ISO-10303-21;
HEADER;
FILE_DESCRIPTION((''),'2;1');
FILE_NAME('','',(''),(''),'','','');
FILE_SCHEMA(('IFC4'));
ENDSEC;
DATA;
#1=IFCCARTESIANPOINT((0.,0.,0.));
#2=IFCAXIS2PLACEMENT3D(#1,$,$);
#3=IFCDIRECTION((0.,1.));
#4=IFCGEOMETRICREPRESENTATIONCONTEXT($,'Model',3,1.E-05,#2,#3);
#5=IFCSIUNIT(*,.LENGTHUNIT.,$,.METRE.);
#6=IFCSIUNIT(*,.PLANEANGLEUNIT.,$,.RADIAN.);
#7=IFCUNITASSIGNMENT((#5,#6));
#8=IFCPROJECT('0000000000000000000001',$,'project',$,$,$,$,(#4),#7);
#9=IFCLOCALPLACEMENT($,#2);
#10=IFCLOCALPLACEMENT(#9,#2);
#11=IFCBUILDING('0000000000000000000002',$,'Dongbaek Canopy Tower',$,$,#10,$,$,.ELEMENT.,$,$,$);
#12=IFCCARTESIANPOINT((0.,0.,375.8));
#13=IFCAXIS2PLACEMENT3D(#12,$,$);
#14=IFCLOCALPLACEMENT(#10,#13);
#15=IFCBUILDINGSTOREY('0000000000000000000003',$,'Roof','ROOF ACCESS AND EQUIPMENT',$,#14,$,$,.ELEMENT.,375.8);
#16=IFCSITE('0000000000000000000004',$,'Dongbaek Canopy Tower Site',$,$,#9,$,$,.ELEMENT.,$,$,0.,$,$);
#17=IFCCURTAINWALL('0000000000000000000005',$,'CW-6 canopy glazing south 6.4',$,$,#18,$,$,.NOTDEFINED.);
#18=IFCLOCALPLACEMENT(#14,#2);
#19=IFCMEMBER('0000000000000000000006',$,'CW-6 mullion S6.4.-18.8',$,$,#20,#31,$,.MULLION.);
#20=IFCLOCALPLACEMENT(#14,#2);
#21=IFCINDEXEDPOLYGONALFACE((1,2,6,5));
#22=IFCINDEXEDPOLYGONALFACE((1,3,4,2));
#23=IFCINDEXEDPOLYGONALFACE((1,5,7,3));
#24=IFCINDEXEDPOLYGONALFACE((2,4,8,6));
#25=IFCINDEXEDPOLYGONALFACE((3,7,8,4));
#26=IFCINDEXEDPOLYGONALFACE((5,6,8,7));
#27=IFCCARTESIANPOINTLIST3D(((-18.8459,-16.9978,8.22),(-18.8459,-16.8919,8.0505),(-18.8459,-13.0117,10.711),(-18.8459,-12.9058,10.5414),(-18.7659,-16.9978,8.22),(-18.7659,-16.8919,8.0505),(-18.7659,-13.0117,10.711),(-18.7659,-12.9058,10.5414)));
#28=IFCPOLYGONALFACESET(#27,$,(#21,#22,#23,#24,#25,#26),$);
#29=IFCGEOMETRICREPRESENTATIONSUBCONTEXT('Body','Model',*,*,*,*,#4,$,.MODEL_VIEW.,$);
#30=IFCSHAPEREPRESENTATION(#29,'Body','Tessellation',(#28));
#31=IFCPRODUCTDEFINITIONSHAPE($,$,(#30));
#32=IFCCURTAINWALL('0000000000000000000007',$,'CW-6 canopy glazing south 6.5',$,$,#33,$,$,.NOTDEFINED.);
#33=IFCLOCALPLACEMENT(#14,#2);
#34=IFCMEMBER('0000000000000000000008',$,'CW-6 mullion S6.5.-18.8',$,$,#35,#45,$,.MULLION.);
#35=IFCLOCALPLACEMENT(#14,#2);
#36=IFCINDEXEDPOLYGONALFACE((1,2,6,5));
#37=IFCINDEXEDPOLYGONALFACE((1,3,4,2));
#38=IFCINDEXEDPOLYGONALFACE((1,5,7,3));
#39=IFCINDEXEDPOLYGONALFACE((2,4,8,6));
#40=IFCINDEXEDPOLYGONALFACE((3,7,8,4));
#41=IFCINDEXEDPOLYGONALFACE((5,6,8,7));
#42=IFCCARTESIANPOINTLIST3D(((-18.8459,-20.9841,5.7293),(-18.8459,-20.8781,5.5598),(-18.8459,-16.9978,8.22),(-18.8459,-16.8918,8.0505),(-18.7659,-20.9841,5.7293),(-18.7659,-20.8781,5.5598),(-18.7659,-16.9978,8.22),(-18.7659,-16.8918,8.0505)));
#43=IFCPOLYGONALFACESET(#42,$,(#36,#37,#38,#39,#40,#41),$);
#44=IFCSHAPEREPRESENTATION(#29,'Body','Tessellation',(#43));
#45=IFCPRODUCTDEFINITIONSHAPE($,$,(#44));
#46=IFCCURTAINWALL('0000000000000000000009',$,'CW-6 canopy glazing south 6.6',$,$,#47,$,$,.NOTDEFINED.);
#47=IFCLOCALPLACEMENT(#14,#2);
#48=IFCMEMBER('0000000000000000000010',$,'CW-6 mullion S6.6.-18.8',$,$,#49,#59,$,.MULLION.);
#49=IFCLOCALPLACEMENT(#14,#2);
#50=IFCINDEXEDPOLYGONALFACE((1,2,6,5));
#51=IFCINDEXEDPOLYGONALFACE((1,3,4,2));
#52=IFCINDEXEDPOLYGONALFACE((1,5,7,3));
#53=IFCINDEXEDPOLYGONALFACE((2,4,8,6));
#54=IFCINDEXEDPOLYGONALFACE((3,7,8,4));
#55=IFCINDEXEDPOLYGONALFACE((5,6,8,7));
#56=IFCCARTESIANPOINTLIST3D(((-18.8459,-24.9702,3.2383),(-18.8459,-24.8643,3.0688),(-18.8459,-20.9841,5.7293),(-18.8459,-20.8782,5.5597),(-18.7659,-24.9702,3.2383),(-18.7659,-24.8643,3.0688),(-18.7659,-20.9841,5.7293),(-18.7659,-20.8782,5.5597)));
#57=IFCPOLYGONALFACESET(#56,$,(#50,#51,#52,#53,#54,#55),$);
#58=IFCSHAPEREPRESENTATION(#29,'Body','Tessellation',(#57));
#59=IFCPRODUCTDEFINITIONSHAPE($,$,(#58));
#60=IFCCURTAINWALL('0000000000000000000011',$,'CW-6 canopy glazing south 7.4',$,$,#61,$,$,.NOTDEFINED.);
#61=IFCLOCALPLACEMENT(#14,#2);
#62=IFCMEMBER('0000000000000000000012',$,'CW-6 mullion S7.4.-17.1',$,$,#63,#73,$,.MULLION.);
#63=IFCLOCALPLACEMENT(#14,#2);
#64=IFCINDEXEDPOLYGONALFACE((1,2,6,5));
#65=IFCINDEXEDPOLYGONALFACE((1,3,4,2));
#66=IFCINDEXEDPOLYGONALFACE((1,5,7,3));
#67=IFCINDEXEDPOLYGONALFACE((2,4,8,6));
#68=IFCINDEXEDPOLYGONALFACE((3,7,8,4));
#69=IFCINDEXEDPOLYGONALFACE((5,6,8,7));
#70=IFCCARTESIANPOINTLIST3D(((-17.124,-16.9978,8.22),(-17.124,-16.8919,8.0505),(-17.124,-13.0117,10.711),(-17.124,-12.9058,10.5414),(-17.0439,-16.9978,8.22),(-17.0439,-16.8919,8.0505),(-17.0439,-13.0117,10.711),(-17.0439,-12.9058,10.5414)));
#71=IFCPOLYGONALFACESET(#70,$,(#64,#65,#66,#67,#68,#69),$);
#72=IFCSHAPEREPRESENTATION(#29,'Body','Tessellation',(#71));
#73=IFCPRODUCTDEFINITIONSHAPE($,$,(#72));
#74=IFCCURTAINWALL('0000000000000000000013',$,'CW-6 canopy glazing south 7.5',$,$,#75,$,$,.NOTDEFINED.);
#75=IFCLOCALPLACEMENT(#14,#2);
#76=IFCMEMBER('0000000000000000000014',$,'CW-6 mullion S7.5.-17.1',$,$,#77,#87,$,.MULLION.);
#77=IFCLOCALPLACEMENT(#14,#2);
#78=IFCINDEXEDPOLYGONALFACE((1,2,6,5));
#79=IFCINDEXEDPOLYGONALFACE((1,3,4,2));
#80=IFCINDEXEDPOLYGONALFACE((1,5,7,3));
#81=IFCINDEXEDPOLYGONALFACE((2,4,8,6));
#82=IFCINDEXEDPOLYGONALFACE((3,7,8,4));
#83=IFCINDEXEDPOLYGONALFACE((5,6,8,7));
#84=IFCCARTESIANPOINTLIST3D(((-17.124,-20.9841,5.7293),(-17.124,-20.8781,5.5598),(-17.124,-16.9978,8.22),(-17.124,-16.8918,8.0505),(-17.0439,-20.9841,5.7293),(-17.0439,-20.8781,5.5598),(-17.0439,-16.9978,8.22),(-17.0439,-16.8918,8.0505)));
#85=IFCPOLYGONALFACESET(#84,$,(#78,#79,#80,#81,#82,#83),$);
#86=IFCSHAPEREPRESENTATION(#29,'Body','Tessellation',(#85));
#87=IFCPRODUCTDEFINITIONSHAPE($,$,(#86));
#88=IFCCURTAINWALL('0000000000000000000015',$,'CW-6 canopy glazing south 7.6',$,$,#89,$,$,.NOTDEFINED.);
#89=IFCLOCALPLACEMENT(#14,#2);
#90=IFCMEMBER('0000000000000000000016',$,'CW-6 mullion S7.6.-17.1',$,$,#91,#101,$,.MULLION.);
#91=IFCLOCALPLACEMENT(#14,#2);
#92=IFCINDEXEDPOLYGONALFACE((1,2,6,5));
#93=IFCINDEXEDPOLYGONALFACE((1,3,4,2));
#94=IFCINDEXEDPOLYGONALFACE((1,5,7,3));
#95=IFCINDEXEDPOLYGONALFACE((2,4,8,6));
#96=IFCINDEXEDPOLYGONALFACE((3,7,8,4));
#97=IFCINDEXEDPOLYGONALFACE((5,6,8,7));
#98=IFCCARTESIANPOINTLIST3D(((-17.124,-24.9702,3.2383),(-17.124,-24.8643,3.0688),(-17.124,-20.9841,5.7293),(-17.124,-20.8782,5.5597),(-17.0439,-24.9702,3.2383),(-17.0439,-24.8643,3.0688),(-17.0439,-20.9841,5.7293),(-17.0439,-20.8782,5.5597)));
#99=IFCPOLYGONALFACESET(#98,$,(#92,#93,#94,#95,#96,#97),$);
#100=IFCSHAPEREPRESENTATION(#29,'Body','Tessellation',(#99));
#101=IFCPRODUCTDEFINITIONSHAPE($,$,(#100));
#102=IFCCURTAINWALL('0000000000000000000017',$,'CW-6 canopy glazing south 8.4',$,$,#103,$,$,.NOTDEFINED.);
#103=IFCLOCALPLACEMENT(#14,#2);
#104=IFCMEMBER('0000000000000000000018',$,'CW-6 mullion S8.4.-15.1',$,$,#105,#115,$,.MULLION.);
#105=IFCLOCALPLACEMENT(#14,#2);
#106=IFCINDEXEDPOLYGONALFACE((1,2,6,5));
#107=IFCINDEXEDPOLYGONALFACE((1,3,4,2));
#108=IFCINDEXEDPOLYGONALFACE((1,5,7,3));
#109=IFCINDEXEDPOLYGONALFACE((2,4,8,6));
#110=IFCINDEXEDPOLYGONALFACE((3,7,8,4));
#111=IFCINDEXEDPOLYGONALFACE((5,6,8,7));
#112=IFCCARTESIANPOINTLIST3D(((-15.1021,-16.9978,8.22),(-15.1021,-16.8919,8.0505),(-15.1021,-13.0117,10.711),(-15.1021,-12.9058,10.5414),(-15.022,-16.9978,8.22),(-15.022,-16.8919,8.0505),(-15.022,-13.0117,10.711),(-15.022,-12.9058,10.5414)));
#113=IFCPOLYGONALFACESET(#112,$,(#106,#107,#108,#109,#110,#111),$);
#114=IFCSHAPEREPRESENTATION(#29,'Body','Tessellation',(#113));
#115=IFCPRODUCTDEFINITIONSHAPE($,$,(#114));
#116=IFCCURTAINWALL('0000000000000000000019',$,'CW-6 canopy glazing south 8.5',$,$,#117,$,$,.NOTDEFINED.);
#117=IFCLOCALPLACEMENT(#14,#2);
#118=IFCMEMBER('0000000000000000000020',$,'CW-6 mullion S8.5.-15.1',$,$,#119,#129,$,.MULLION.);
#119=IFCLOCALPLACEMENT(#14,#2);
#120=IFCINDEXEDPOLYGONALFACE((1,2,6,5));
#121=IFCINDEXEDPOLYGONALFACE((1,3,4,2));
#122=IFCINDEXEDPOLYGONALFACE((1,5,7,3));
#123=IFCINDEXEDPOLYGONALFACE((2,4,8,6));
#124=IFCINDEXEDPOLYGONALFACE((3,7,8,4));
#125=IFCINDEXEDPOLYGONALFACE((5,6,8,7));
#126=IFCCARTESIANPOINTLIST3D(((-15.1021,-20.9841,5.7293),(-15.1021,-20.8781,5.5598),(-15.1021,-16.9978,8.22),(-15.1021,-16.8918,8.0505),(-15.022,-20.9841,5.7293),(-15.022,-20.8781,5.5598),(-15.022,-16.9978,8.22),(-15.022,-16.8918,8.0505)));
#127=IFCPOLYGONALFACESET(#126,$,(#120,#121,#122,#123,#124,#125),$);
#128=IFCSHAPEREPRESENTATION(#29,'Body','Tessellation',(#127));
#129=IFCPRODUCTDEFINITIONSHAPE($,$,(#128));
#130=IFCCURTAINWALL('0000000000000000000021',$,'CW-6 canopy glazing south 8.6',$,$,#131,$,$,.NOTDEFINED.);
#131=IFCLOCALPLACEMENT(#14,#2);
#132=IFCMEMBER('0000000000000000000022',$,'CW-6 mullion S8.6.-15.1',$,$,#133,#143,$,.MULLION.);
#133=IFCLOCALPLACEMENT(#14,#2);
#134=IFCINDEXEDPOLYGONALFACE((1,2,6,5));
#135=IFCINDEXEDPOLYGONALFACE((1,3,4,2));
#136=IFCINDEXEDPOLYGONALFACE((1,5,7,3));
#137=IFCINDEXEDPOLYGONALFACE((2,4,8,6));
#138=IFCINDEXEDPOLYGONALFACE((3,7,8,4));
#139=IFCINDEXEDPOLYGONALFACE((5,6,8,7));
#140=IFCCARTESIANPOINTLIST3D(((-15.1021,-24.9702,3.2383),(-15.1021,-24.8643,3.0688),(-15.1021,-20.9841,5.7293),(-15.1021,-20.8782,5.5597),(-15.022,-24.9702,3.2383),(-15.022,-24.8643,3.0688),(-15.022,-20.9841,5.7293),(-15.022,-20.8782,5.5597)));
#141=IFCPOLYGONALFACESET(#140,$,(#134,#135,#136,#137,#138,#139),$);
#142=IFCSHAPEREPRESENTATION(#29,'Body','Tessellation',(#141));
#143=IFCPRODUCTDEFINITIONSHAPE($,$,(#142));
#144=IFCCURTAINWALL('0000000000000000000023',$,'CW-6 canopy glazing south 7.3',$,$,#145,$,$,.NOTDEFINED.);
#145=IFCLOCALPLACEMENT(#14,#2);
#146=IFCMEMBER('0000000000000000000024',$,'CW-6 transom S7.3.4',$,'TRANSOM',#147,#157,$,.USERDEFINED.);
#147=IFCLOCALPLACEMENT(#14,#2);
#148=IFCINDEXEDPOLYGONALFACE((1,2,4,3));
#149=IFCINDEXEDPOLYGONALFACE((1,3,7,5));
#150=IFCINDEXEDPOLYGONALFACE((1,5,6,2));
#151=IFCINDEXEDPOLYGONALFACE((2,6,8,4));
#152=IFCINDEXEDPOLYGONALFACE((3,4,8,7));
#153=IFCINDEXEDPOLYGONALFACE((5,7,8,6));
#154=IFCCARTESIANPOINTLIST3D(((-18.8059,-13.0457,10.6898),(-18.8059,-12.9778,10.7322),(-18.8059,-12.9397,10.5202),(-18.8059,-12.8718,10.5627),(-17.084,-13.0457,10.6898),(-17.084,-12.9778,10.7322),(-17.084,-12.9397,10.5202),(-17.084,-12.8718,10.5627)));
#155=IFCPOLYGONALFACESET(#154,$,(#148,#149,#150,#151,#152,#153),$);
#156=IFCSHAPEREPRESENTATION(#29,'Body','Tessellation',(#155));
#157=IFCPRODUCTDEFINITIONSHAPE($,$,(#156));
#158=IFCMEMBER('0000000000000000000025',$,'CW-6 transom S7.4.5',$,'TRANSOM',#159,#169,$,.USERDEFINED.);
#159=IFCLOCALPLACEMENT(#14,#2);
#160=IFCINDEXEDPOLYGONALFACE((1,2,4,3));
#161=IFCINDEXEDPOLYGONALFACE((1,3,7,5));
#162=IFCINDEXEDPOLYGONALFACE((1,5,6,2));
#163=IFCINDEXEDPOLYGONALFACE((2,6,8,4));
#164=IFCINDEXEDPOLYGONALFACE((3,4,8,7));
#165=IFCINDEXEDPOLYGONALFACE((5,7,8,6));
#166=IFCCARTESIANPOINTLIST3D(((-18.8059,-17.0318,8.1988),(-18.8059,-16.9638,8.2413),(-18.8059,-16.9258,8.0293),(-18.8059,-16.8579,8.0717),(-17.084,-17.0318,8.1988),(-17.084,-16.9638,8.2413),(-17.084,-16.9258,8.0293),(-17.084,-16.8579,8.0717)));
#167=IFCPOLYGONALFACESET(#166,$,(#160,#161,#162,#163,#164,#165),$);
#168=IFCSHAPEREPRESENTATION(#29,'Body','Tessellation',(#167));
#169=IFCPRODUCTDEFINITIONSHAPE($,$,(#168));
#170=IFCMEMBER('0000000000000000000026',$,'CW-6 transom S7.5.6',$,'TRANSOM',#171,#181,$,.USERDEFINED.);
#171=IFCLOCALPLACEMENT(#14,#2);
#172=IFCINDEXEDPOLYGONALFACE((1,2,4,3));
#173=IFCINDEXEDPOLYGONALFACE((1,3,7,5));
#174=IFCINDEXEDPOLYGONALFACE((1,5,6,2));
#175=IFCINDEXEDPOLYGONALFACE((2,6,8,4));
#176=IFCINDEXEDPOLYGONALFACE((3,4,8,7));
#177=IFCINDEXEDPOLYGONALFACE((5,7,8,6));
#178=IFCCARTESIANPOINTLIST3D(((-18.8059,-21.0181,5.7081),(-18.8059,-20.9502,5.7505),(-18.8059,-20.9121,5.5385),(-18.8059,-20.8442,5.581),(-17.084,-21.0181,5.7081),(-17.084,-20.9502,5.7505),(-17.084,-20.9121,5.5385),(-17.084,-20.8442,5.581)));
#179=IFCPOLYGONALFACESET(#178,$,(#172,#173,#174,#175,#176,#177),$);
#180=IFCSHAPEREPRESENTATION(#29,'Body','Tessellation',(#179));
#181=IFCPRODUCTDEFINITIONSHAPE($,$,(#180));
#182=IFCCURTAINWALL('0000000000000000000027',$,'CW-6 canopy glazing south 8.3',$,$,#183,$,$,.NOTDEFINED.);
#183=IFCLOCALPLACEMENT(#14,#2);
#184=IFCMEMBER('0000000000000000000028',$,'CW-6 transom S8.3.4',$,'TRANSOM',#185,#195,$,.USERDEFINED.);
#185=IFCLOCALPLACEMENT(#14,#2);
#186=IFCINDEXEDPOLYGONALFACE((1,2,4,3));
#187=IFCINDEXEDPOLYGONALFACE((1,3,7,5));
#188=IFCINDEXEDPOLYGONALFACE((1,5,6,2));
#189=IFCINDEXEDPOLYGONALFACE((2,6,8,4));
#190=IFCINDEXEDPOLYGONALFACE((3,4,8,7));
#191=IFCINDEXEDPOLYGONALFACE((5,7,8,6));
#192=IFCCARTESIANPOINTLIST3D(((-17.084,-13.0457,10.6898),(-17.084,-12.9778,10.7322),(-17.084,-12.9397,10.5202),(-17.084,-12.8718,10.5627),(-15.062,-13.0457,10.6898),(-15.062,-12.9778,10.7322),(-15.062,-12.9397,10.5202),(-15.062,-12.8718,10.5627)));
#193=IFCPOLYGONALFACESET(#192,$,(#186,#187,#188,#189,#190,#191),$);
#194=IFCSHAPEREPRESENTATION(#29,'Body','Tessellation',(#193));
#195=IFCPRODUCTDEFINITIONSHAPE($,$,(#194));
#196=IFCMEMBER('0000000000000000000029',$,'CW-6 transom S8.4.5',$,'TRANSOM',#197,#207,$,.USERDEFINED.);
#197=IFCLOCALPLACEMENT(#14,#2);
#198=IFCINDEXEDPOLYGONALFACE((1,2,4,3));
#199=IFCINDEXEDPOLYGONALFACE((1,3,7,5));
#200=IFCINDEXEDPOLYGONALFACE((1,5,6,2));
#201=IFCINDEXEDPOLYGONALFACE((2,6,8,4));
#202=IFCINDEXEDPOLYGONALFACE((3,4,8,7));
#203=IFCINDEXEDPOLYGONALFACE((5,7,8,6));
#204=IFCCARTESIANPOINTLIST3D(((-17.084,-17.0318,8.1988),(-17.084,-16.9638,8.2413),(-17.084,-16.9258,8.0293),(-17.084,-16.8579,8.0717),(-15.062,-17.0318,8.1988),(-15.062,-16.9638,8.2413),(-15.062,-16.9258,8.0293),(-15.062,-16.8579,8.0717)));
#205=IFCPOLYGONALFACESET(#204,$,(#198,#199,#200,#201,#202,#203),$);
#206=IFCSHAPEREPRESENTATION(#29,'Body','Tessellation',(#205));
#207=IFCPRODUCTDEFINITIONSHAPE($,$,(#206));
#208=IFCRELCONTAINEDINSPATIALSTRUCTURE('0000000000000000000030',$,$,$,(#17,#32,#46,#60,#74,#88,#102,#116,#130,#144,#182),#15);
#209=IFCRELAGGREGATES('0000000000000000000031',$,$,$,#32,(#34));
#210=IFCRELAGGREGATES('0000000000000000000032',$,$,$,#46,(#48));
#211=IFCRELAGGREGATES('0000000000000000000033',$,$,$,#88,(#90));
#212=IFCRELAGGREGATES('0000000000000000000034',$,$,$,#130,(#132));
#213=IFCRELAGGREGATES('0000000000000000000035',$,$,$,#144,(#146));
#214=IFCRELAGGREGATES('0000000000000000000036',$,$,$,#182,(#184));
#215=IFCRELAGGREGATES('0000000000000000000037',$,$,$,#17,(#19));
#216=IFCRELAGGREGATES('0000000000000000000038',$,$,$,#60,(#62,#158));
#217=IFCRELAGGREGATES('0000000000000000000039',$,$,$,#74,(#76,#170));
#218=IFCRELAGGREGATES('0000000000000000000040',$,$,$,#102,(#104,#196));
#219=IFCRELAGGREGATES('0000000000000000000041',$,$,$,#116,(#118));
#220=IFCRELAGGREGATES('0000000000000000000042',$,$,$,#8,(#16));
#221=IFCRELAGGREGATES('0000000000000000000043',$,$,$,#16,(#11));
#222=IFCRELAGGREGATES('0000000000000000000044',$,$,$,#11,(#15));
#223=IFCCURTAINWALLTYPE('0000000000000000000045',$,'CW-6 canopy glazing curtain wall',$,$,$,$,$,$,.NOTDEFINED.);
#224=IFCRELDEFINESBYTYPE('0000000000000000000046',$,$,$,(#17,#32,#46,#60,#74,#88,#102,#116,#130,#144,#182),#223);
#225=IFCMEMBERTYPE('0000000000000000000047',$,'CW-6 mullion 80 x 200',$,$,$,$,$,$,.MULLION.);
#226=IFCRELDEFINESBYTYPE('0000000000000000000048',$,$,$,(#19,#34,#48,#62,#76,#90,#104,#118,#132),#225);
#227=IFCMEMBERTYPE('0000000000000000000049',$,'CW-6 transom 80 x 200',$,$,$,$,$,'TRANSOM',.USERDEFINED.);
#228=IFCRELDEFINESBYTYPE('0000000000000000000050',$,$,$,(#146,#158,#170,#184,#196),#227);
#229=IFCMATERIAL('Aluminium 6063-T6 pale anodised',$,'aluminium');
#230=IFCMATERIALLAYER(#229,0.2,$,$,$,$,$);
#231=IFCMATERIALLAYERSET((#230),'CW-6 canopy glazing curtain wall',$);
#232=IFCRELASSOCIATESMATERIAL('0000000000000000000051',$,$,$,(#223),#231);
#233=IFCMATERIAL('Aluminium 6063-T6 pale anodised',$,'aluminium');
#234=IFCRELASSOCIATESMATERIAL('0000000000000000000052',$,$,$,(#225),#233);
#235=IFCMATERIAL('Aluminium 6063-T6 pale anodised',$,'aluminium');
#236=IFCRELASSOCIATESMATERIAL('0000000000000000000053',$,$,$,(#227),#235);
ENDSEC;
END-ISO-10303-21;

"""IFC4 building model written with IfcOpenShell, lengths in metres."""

from ifc_helpers import new_model, si_unit, direction, frame, origin, origin_2d, place, context, subcontext, project, spatial, rectangle, extrude, material, layer, layer_set, material_profile, profile_set, type_object, element, aggregate, save


model = new_model("IFC4")

# Units and contexts
model_context = context("Model", 3, precision=1e-05, world=origin(), true_north=direction((0.0, 1.0)))
body_context = subcontext(model_context, "Body", "Model", "MODEL_VIEW")
ifc_project = project(units=[si_unit("LENGTHUNIT", "METRE"), si_unit("PLANEANGLEUNIT", "RADIAN")], contexts=[model_context])

# Site, building, storey
site_placement = place(None, origin())
site = spatial("IfcSite", under=ifc_project, at=site_placement, Name="Dongbaek Canopy Tower Site", CompositionType="ELEMENT", RefElevation=0.0)
building_placement = place(site_placement, origin())
building = spatial("IfcBuilding", under=site, at=building_placement, Name="Dongbaek Canopy Tower", CompositionType="ELEMENT")
storey_placement = place(building_placement, frame((0.0, 0.0, 375.8)))
storey = spatial("IfcBuildingStorey", under=building, at=storey_placement, Name="Roof", Description="ROOF ACCESS AND EQUIPMENT", CompositionType="ELEMENT", Elevation=375.8)

# Curtain walls, members
ifc_material_1 = material(Name="Aluminium 6063-T6 pale anodised", Category="aluminium")
ifc_layer_1 = layer(ifc_material_1, 0.2)
ifc_layer_set_1 = layer_set([ifc_layer_1], Name="CW-6 canopy glazing curtain wall")
curtain_wall_type = type_object("IfcCurtainWallType", Name="CW-6 canopy glazing curtain wall", PredefinedType="NOTDEFINED", material=ifc_layer_set_1)
curtain_wall_1_placement = place(storey_placement, origin())
curtain_wall_1 = element("IfcCurtainWall", 1, at=curtain_wall_1_placement, inside=storey, type_object=curtain_wall_type, Name="CW-6 canopy glazing south 6.4", PredefinedType="NOTDEFINED")
ifc_material_2 = material(Name="Aluminium 6063-T6 pale anodised", Category="aluminium")
ifc_material_profile_1 = material_profile(ifc_material_2, rectangle(XDim=0.0801, YDim=0.2, at=origin_2d()), Name="CW-6 mullion 80 x 200")
ifc_profile_set_1 = profile_set([ifc_material_profile_1], Name="Aluminium 6063-T6 pale anodised")
member_type_1 = type_object("IfcMemberType", Name="CW-6 mullion 80 x 200", PredefinedType="MULLION", material=ifc_profile_set_1)
member_1_placement = place(storey_placement, frame((-18.8059, -12.9587, 10.6262), z_axis=(0.0, -0.84803, -0.529948), x_axis=(1.0, 0.0, 0.0)))
member_1 = element("IfcMember", 2, at=member_1_placement, type_object=member_type_1, Name="CW-6 mullion S6.4.-18.8", PredefinedType="MULLION", context=body_context, shape_type="SweptSolid", body=[
    extrude(rectangle(XDim=0.0801, YDim=0.2, at=origin_2d()), origin(), (0.0, 0.0, 1.0), 4.7004),
])
curtain_wall_2_placement = place(storey_placement, origin())
curtain_wall_2 = element("IfcCurtainWall", 3, at=curtain_wall_2_placement, inside=storey, type_object=curtain_wall_type, Name="CW-6 canopy glazing south 6.5", PredefinedType="NOTDEFINED")
member_2_placement = place(storey_placement, frame((-18.8059, -16.9448, 8.1353), z_axis=(0.0, -0.848068, -0.529887), x_axis=(1.0, 0.0, 0.0)))
member_2 = element("IfcMember", 4, at=member_2_placement, type_object=member_type_1, Name="CW-6 mullion S6.5.-18.8", PredefinedType="MULLION", context=body_context, shape_type="SweptSolid", body=[
    extrude(rectangle(XDim=0.0801, YDim=0.2, at=origin_2d()), origin(), (0.0, 0.0, 1.0), 4.7004),
])
aggregate(curtain_wall_2, [member_2])
curtain_wall_3_placement = place(storey_placement, origin())
curtain_wall_3 = element("IfcCurtainWall", 5, at=curtain_wall_3_placement, inside=storey, type_object=curtain_wall_type, Name="CW-6 canopy glazing south 6.6", PredefinedType="NOTDEFINED")
member_3_placement = place(storey_placement, frame((-18.8059, -20.9312, 5.6445), z_axis=(0.0, -0.84803, -0.529948), x_axis=(1.0, 0.0, 0.0)))
member_3 = element("IfcMember", 6, at=member_3_placement, type_object=member_type_1, Name="CW-6 mullion S6.6.-18.8", PredefinedType="MULLION", context=body_context, shape_type="SweptSolid", body=[
    extrude(rectangle(XDim=0.0801, YDim=0.2, at=origin_2d()), origin(), (0.0, 0.0, 1.0), 4.7004),
])
aggregate(curtain_wall_3, [member_3])
curtain_wall_4_placement = place(storey_placement, origin())
curtain_wall_4 = element("IfcCurtainWall", 7, at=curtain_wall_4_placement, inside=storey, type_object=curtain_wall_type, Name="CW-6 canopy glazing south 7.4", PredefinedType="NOTDEFINED")
member_4_placement = place(storey_placement, frame((-17.084, -12.9587, 10.6262), z_axis=(0.0, -0.84803, -0.529948), x_axis=(1.0, 0.0, 0.0)))
member_4 = element("IfcMember", 8, at=member_4_placement, type_object=member_type_1, Name="CW-6 mullion S7.4.-17.1", PredefinedType="MULLION", context=body_context, shape_type="SweptSolid", body=[
    extrude(rectangle(XDim=0.0801, YDim=0.2, at=origin_2d()), origin(), (0.0, 0.0, 1.0), 4.7004),
])
curtain_wall_5_placement = place(storey_placement, origin())
curtain_wall_5 = element("IfcCurtainWall", 9, at=curtain_wall_5_placement, inside=storey, type_object=curtain_wall_type, Name="CW-6 canopy glazing south 7.5", PredefinedType="NOTDEFINED")
member_5_placement = place(storey_placement, frame((-17.084, -16.9448, 8.1353), z_axis=(0.0, -0.848068, -0.529887), x_axis=(1.0, 0.0, 0.0)))
member_5 = element("IfcMember", 10, at=member_5_placement, type_object=member_type_1, Name="CW-6 mullion S7.5.-17.1", PredefinedType="MULLION", context=body_context, shape_type="SweptSolid", body=[
    extrude(rectangle(XDim=0.0801, YDim=0.2, at=origin_2d()), origin(), (0.0, 0.0, 1.0), 4.7004),
])
curtain_wall_6_placement = place(storey_placement, origin())
curtain_wall_6 = element("IfcCurtainWall", 11, at=curtain_wall_6_placement, inside=storey, type_object=curtain_wall_type, Name="CW-6 canopy glazing south 7.6", PredefinedType="NOTDEFINED")
member_6_placement = place(storey_placement, frame((-17.084, -20.9312, 5.6445), z_axis=(0.0, -0.84803, -0.529948), x_axis=(1.0, 0.0, 0.0)))
member_6 = element("IfcMember", 12, at=member_6_placement, type_object=member_type_1, Name="CW-6 mullion S7.6.-17.1", PredefinedType="MULLION", context=body_context, shape_type="SweptSolid", body=[
    extrude(rectangle(XDim=0.0801, YDim=0.2, at=origin_2d()), origin(), (0.0, 0.0, 1.0), 4.7004),
])
aggregate(curtain_wall_6, [member_6])
curtain_wall_7_placement = place(storey_placement, origin())
curtain_wall_7 = element("IfcCurtainWall", 13, at=curtain_wall_7_placement, inside=storey, type_object=curtain_wall_type, Name="CW-6 canopy glazing south 8.4", PredefinedType="NOTDEFINED")
member_7_placement = place(storey_placement, frame((-15.062, -12.9587, 10.6262), z_axis=(0.0, -0.84803, -0.529948), x_axis=(1.0, 0.0, 0.0)))
member_7 = element("IfcMember", 14, at=member_7_placement, type_object=member_type_1, Name="CW-6 mullion S8.4.-15.1", PredefinedType="MULLION", context=body_context, shape_type="SweptSolid", body=[
    extrude(rectangle(XDim=0.0801, YDim=0.2, at=origin_2d()), origin(), (0.0, 0.0, 1.0), 4.7004),
])
curtain_wall_8_placement = place(storey_placement, origin())
curtain_wall_8 = element("IfcCurtainWall", 15, at=curtain_wall_8_placement, inside=storey, type_object=curtain_wall_type, Name="CW-6 canopy glazing south 8.5", PredefinedType="NOTDEFINED")
member_8_placement = place(storey_placement, frame((-15.062, -16.9448, 8.1353), z_axis=(0.0, -0.848068, -0.529887), x_axis=(1.0, 0.0, 0.0)))
member_8 = element("IfcMember", 16, at=member_8_placement, type_object=member_type_1, Name="CW-6 mullion S8.5.-15.1", PredefinedType="MULLION", context=body_context, shape_type="SweptSolid", body=[
    extrude(rectangle(XDim=0.0801, YDim=0.2, at=origin_2d()), origin(), (0.0, 0.0, 1.0), 4.7004),
])
curtain_wall_9_placement = place(storey_placement, origin())
curtain_wall_9 = element("IfcCurtainWall", 17, at=curtain_wall_9_placement, inside=storey, type_object=curtain_wall_type, Name="CW-6 canopy glazing south 8.6", PredefinedType="NOTDEFINED")
member_9_placement = place(storey_placement, frame((-15.062, -20.9312, 5.6445), z_axis=(0.0, -0.84803, -0.529948), x_axis=(1.0, 0.0, 0.0)))
member_9 = element("IfcMember", 18, at=member_9_placement, type_object=member_type_1, Name="CW-6 mullion S8.6.-15.1", PredefinedType="MULLION", context=body_context, shape_type="SweptSolid", body=[
    extrude(rectangle(XDim=0.0801, YDim=0.2, at=origin_2d()), origin(), (0.0, 0.0, 1.0), 4.7004),
])
aggregate(curtain_wall_9, [member_9])
curtain_wall_10_placement = place(storey_placement, origin())
curtain_wall_10 = element("IfcCurtainWall", 19, at=curtain_wall_10_placement, inside=storey, type_object=curtain_wall_type, Name="CW-6 canopy glazing south 7.3", PredefinedType="NOTDEFINED")
ifc_material_3 = material(Name="Aluminium 6063-T6 pale anodised", Category="aluminium")
ifc_material_profile_2 = material_profile(ifc_material_3, rectangle(XDim=0.0801, YDim=0.2, at=origin_2d()), Name="CW-6 transom 80 x 200")
ifc_profile_set_2 = profile_set([ifc_material_profile_2], Name="Aluminium 6063-T6 pale anodised")
member_type_2 = type_object("IfcMemberType", Name="CW-6 transom 80 x 200", ElementType="TRANSOM", PredefinedType="USERDEFINED", material=ifc_profile_set_2)
member_10_placement = place(storey_placement, frame((-18.8059, -12.9587, 10.6262), z_axis=(1.0, 0.0, 0.0), x_axis=(0.0, 0.848048, 0.529919)))
member_10 = element("IfcMember", 20, at=member_10_placement, type_object=member_type_2, Name="CW-6 transom S7.3.4", ObjectType="TRANSOM", PredefinedType="USERDEFINED", context=body_context, shape_type="SweptSolid", body=[
    extrude(rectangle(XDim=0.0801, YDim=0.2, at=origin_2d()), origin(), (0.0, 0.0, 1.0), 1.7219),
])
aggregate(curtain_wall_10, [member_10])

# Members
member_11_placement = place(storey_placement, frame((-18.8059, -16.9448, 8.1353), z_axis=(1.0, 0.0, 0.0), x_axis=(0.0, 0.848048, 0.529919)))
member_11 = element("IfcMember", 21, at=member_11_placement, type_object=member_type_2, Name="CW-6 transom S7.4.5", ObjectType="TRANSOM", PredefinedType="USERDEFINED", context=body_context, shape_type="SweptSolid", body=[
    extrude(rectangle(XDim=0.0801, YDim=0.2, at=origin_2d()), origin(), (0.0, 0.0, 1.0), 1.7219),
])
member_12_placement = place(storey_placement, frame((-18.8059, -20.9312, 5.6445), z_axis=(1.0, 0.0, 0.0), x_axis=(0.0, 0.848048, 0.529919)))
member_12 = element("IfcMember", 22, at=member_12_placement, type_object=member_type_2, Name="CW-6 transom S7.5.6", ObjectType="TRANSOM", PredefinedType="USERDEFINED", context=body_context, shape_type="SweptSolid", body=[
    extrude(rectangle(XDim=0.0801, YDim=0.2, at=origin_2d()), origin(), (0.0, 0.0, 1.0), 1.7219),
])

# Curtain wall, member
curtain_wall_11_placement = place(storey_placement, origin())
curtain_wall_11 = element("IfcCurtainWall", 23, at=curtain_wall_11_placement, inside=storey, type_object=curtain_wall_type, Name="CW-6 canopy glazing south 8.3", PredefinedType="NOTDEFINED")
member_13_placement = place(storey_placement, frame((-17.084, -12.9587, 10.6262), z_axis=(1.0, 0.0, 0.0), x_axis=(0.0, 0.848048, 0.529919)))
member_13 = element("IfcMember", 24, at=member_13_placement, type_object=member_type_2, Name="CW-6 transom S8.3.4", ObjectType="TRANSOM", PredefinedType="USERDEFINED", context=body_context, shape_type="SweptSolid", body=[
    extrude(rectangle(XDim=0.0801, YDim=0.2, at=origin_2d()), origin(), (0.0, 0.0, 1.0), 2.022),
])
aggregate(curtain_wall_11, [member_13])

# Member
member_14_placement = place(storey_placement, frame((-17.084, -16.9448, 8.1353), z_axis=(1.0, 0.0, 0.0), x_axis=(0.0, 0.848048, 0.529919)))
member_14 = element("IfcMember", 25, at=member_14_placement, type_object=member_type_2, Name="CW-6 transom S8.4.5", ObjectType="TRANSOM", PredefinedType="USERDEFINED", context=body_context, shape_type="SweptSolid", body=[
    extrude(rectangle(XDim=0.0801, YDim=0.2, at=origin_2d()), origin(), (0.0, 0.0, 1.0), 2.022),
])

aggregate(curtain_wall_1, [member_1])
aggregate(curtain_wall_4, [member_4, member_11])
aggregate(curtain_wall_5, [member_5, member_12])
aggregate(curtain_wall_7, [member_7, member_14])
aggregate(curtain_wall_8, [member_8])

save(model, "model.ifc")
